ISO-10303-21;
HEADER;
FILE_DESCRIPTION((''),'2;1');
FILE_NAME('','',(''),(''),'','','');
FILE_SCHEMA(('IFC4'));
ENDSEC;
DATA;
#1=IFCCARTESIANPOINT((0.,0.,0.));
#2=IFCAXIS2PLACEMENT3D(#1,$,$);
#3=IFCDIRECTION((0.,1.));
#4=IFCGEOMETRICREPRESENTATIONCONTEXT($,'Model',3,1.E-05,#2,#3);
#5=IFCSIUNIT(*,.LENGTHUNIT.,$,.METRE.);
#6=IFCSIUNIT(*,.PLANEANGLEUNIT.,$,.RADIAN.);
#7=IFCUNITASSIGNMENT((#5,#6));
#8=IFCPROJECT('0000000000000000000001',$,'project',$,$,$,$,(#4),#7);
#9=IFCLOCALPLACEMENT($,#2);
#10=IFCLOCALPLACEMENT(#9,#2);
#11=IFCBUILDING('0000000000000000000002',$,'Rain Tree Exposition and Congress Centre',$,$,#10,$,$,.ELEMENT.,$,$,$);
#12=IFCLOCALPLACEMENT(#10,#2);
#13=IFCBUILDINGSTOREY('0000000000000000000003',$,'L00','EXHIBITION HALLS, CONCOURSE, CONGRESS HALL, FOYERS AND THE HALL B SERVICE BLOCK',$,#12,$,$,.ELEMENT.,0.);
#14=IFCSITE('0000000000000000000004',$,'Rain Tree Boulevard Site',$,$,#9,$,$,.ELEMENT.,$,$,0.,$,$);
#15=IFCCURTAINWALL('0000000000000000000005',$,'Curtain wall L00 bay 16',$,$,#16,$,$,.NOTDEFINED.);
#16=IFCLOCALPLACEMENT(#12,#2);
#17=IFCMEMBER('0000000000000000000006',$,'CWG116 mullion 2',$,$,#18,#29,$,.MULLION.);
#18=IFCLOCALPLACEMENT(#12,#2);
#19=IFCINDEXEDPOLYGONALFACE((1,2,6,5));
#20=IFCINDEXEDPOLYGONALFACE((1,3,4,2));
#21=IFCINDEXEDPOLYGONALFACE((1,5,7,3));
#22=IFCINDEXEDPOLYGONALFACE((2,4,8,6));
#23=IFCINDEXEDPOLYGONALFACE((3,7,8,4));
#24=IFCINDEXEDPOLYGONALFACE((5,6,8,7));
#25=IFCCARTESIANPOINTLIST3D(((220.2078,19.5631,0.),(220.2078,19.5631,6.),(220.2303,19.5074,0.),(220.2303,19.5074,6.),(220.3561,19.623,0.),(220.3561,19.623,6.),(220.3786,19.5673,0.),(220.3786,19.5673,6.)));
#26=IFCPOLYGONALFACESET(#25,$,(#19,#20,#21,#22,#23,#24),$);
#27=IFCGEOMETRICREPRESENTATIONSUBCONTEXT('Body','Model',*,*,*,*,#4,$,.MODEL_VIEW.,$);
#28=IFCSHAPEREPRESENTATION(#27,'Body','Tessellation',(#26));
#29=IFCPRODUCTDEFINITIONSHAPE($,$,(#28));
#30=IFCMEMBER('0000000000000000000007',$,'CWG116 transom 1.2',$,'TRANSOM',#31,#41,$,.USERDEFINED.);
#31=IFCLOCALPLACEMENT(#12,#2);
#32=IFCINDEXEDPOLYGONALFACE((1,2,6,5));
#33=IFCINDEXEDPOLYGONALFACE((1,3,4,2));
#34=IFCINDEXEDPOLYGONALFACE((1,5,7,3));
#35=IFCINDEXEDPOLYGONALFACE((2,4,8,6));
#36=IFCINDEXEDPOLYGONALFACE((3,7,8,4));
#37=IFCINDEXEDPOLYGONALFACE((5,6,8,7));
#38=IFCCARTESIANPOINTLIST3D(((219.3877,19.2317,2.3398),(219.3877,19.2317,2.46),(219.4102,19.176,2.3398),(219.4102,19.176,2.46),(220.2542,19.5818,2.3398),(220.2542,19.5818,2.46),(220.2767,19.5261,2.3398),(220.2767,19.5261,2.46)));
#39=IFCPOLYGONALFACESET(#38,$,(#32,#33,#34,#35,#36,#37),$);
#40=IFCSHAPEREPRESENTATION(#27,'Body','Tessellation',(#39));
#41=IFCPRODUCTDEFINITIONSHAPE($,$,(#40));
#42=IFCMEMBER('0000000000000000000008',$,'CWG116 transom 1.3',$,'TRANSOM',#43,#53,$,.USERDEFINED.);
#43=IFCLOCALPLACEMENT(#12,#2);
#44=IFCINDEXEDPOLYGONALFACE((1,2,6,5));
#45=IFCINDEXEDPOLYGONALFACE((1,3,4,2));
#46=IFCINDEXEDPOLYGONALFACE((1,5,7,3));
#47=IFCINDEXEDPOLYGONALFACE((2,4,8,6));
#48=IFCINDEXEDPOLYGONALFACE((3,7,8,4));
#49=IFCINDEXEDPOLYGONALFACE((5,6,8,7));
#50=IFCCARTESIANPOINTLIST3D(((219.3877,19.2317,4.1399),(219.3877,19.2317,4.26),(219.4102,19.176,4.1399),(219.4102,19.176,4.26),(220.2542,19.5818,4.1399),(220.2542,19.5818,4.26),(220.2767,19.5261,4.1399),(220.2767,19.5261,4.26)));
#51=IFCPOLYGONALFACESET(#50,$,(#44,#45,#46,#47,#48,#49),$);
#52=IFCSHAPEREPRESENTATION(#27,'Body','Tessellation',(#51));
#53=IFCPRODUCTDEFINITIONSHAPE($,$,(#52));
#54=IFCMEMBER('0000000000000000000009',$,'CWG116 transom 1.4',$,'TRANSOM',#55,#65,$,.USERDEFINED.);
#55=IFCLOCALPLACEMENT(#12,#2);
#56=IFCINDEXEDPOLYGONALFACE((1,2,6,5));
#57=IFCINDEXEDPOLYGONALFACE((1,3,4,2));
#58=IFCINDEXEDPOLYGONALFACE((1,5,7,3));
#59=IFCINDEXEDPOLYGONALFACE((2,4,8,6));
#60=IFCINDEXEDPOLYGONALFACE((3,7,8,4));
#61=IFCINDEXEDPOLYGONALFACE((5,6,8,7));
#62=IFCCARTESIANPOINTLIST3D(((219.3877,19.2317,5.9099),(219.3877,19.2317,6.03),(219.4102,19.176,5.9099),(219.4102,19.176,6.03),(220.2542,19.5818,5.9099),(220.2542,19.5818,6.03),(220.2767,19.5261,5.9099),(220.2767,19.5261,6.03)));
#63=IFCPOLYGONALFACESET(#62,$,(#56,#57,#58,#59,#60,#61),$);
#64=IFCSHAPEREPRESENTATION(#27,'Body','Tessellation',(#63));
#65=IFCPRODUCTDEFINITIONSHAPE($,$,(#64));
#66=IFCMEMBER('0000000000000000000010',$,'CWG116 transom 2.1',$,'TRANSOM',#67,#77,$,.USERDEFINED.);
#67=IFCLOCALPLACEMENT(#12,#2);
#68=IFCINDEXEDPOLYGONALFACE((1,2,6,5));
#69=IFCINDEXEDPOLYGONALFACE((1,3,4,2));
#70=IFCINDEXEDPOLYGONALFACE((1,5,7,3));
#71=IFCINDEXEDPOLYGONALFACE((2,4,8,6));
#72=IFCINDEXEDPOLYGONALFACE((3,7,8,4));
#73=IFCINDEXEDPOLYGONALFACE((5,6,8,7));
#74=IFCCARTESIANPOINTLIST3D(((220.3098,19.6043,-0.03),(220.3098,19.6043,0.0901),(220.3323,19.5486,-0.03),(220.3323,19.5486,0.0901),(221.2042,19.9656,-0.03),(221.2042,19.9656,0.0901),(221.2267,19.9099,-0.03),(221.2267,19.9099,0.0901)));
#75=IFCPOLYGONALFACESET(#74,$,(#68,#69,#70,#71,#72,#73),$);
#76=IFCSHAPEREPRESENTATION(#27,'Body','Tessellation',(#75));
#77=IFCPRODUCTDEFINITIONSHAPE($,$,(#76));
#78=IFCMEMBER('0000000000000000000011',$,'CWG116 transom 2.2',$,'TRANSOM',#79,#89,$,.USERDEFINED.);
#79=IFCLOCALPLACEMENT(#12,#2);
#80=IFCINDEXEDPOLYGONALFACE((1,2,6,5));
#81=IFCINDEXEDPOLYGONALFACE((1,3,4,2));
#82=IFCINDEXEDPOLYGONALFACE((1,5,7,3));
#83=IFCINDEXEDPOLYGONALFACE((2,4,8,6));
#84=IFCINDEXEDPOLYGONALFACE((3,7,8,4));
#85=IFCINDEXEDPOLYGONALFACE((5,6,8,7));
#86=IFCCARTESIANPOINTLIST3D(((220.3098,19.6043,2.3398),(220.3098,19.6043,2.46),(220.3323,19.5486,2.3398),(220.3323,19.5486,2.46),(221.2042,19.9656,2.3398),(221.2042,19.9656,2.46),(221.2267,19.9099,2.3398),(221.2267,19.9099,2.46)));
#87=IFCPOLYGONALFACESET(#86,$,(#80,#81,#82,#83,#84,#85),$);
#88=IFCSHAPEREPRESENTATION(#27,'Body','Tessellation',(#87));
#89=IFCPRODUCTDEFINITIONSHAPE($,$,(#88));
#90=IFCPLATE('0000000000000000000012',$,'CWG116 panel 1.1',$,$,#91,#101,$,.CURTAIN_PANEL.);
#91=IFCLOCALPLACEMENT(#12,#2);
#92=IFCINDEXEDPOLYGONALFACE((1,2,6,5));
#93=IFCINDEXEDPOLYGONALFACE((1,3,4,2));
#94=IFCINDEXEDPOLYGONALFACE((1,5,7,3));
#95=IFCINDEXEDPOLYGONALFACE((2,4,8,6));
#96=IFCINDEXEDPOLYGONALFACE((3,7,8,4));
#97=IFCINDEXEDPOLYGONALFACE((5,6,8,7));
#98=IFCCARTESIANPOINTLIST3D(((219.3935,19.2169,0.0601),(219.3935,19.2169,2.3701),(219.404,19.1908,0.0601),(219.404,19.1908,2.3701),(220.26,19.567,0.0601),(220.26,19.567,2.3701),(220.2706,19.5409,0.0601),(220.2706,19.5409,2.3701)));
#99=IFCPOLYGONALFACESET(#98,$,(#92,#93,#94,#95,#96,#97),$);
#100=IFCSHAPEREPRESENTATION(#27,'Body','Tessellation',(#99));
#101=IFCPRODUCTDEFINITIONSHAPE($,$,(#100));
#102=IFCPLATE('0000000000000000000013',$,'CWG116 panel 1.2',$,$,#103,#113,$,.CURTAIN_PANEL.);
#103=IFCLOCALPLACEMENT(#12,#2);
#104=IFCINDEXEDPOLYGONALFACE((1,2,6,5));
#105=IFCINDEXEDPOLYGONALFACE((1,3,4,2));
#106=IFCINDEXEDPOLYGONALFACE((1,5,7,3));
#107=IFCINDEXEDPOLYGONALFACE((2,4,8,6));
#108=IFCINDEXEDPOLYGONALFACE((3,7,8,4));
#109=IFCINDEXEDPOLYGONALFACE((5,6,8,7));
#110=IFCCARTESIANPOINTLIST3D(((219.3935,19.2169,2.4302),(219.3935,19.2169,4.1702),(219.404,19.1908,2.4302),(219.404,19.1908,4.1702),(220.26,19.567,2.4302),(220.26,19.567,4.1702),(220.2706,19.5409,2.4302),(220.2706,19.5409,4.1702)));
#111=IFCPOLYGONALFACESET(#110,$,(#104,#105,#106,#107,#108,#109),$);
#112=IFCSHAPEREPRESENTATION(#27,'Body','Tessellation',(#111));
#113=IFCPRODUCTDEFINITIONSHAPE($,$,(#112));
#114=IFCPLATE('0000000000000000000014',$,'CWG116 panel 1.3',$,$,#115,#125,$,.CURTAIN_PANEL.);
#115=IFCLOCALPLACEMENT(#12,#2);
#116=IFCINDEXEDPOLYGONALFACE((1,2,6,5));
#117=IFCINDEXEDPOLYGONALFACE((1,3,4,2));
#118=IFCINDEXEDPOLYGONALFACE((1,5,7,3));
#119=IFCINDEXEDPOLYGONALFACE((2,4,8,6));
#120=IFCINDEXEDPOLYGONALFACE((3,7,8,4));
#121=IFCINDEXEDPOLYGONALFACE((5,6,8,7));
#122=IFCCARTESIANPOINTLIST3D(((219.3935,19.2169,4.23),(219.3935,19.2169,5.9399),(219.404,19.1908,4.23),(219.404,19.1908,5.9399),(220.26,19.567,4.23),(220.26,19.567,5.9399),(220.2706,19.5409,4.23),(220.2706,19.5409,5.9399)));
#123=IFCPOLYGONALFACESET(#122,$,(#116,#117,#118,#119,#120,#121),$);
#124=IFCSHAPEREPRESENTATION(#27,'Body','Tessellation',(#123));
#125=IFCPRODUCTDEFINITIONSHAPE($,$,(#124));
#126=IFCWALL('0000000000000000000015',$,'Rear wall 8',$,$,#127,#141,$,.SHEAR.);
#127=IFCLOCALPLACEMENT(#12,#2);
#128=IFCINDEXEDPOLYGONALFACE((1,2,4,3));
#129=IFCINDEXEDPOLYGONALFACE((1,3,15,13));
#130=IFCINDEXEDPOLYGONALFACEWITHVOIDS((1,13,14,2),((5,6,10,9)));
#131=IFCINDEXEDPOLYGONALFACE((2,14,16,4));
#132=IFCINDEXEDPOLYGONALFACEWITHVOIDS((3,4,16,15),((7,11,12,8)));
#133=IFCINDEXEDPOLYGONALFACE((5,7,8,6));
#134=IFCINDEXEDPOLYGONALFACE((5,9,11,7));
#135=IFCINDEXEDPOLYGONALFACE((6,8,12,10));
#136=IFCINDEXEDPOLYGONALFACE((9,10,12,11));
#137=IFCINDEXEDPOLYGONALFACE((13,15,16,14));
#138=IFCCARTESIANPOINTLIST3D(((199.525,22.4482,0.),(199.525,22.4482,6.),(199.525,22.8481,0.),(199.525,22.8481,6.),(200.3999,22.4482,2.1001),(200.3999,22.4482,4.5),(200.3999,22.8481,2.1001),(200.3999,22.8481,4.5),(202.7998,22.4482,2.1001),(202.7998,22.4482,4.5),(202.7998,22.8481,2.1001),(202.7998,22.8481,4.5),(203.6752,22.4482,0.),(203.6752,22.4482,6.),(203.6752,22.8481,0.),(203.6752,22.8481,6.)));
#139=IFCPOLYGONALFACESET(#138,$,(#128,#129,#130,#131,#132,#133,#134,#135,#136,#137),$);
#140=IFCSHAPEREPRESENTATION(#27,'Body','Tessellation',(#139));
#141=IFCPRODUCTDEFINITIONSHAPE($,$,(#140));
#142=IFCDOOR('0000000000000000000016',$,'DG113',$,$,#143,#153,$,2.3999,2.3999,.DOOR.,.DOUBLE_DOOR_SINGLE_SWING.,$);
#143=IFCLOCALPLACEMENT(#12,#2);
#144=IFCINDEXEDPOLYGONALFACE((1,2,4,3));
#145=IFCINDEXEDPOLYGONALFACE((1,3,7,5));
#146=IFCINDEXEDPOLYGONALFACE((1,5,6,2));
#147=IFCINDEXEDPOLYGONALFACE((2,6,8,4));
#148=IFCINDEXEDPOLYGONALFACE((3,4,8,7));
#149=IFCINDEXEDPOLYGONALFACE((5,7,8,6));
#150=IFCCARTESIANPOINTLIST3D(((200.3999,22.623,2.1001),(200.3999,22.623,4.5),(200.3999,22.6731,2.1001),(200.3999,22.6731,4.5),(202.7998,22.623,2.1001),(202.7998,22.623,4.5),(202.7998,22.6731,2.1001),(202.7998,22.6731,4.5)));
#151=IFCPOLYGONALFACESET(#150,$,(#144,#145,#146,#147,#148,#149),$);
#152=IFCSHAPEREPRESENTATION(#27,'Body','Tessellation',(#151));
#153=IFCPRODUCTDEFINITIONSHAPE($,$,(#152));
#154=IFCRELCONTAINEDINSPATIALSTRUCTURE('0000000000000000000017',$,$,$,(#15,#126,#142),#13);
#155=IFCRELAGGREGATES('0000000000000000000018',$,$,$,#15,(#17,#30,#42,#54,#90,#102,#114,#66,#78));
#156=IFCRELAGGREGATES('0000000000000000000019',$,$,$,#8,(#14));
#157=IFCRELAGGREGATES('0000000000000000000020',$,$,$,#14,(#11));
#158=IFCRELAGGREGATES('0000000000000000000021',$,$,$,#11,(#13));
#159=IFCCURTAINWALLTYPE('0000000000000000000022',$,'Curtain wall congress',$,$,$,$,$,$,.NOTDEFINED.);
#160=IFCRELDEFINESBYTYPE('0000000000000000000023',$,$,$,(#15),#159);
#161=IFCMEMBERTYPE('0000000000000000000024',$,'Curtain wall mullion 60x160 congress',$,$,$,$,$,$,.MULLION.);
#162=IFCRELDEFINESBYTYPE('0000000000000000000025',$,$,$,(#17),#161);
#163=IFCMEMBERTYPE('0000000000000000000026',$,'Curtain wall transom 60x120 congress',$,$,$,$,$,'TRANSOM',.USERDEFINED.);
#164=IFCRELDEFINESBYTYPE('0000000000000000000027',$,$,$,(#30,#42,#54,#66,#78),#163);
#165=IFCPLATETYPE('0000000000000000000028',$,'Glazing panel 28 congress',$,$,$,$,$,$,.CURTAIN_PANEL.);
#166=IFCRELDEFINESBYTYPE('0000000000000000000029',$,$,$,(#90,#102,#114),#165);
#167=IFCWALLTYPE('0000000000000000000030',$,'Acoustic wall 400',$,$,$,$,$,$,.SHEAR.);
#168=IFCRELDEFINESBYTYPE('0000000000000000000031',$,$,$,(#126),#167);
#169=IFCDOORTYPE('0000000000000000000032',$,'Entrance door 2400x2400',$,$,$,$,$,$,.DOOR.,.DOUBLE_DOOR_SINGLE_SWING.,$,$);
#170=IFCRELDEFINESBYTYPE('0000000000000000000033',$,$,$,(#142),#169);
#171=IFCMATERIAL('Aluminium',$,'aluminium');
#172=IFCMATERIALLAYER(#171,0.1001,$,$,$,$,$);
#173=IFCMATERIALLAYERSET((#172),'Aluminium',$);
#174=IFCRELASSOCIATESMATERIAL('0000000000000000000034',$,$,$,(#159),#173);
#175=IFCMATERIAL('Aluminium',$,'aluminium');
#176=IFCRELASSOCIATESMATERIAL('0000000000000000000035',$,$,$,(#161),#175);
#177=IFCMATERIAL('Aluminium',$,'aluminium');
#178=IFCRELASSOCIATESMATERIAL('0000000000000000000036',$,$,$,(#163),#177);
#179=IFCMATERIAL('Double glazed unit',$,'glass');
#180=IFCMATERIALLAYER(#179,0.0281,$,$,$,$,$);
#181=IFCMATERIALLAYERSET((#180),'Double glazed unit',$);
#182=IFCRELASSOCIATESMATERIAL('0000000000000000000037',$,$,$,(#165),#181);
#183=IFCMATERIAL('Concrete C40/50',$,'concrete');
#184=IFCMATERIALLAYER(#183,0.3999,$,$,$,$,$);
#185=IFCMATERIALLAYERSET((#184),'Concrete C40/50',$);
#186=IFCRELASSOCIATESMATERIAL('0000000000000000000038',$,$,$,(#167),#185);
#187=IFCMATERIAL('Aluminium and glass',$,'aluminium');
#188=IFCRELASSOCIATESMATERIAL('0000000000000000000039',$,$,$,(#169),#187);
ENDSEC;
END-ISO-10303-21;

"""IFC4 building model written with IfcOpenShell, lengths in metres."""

from ifc_helpers import new_model, si_unit, direction, frame, frame_2d, origin, origin_2d, place, context, subcontext, project, spatial, rectangle, extrude, material, layer, layer_set, material_profile, profile_set, type_object, element, fill, aggregate, save


model = new_model("IFC4")

# Units and contexts
model_context = context("Model", 3, precision=1e-05, world=origin(), true_north=direction((0.0, 1.0)))
body_context = subcontext(model_context, "Body", "Model", "MODEL_VIEW")
ifc_project = project(units=[si_unit("LENGTHUNIT", "METRE"), si_unit("PLANEANGLEUNIT", "RADIAN")], contexts=[model_context])

# Site, building, storey
site_placement = place(None, origin())
site = spatial("IfcSite", under=ifc_project, at=site_placement, Name="Rain Tree Boulevard Site", CompositionType="ELEMENT", RefElevation=0.0)
building_placement = place(site_placement, origin())
building = spatial("IfcBuilding", under=site, at=building_placement, Name="Rain Tree Exposition and Congress Centre", CompositionType="ELEMENT")
storey_placement = place(building_placement, origin())
storey = spatial("IfcBuildingStorey", under=building, at=storey_placement, Name="L00", Description="EXHIBITION HALLS, CONCOURSE, CONGRESS HALL, FOYERS AND THE HALL B SERVICE BLOCK", CompositionType="ELEMENT", Elevation=0.0)

# Curtain wall, members, plates
ifc_material_1 = material(Name="Aluminium", Category="aluminium")
ifc_layer_1 = layer(ifc_material_1, 0.1001)
ifc_layer_set_1 = layer_set([ifc_layer_1], Name="Aluminium")
curtain_wall_type = type_object("IfcCurtainWallType", Name="Curtain wall congress", PredefinedType="NOTDEFINED", material=ifc_layer_set_1)
curtain_wall_placement = place(storey_placement, origin())
curtain_wall = element("IfcCurtainWall", 1, at=curtain_wall_placement, inside=storey, type_object=curtain_wall_type, Name="Curtain wall L00 bay 16", PredefinedType="NOTDEFINED")
ifc_material_2 = material(Name="Aluminium", Category="aluminium")
ifc_material_profile_1 = material_profile(ifc_material_2, rectangle(XDim=0.0601, YDim=0.1599, at=origin_2d()), Name="AL 60x160")
ifc_profile_set_1 = profile_set([ifc_material_profile_1], Name="Aluminium")
member_type_1 = type_object("IfcMemberType", Name="Curtain wall mullion 60x160 congress", PredefinedType="MULLION", material=ifc_profile_set_1)
member_1_placement = place(storey_placement, frame((220.2932, 19.5652, 0.0), z_axis=(0.0, 0.0, 1.0), x_axis=(-0.374597, 0.927188, 0.0)))
member_1 = element("IfcMember", 2, at=member_1_placement, type_object=member_type_1, Name="CWG116 mullion 2", PredefinedType="MULLION", context=body_context, shape_type="SweptSolid", body=[
    extrude(rectangle(XDim=0.0601, YDim=0.1599, at=origin_2d()), origin(), (0.0, 0.0, 1.0), 6.0),
])
ifc_material_3 = material(Name="Aluminium", Category="aluminium")
ifc_material_profile_2 = material_profile(ifc_material_3, rectangle(XDim=0.0601, YDim=0.1201, at=origin_2d()), Name="AL 60x120")
ifc_profile_set_2 = profile_set([ifc_material_profile_2], Name="Aluminium")
member_type_2 = type_object("IfcMemberType", Name="Curtain wall transom 60x120 congress", ElementType="TRANSOM", PredefinedType="USERDEFINED", material=ifc_profile_set_2)
member_2_placement = place(storey_placement, frame((219.3989, 19.2039, 2.3999), z_axis=(0.927174, 0.374632, 0.0), x_axis=(-0.374632, 0.927174, 0.0)))
member_2 = element("IfcMember", 3, at=member_2_placement, type_object=member_type_2, Name="CWG116 transom 1.2", ObjectType="TRANSOM", PredefinedType="USERDEFINED", context=body_context, shape_type="SweptSolid", body=[
    extrude(rectangle(XDim=0.0601, YDim=0.1201, at=origin_2d()), origin(), (0.0, 0.0, 1.0), 0.9346),
])
member_3_placement = place(storey_placement, frame((219.3989, 19.2039, 4.2), z_axis=(0.927174, 0.374632, 0.0), x_axis=(-0.374632, 0.927174, 0.0)))
member_3 = element("IfcMember", 4, at=member_3_placement, type_object=member_type_2, Name="CWG116 transom 1.3", ObjectType="TRANSOM", PredefinedType="USERDEFINED", context=body_context, shape_type="SweptSolid", body=[
    extrude(rectangle(XDim=0.0601, YDim=0.1201, at=origin_2d()), origin(), (0.0, 0.0, 1.0), 0.9346),
])
member_4_placement = place(storey_placement, frame((219.3989, 19.2039, 5.97), z_axis=(0.927174, 0.374632, 0.0), x_axis=(-0.374632, 0.927174, 0.0)))
member_4 = element("IfcMember", 5, at=member_4_placement, type_object=member_type_2, Name="CWG116 transom 1.4", ObjectType="TRANSOM", PredefinedType="USERDEFINED", context=body_context, shape_type="SweptSolid", body=[
    extrude(rectangle(XDim=0.0601, YDim=0.1201, at=origin_2d()), origin(), (0.0, 0.0, 1.0), 0.9346),
])
member_5_placement = place(storey_placement, frame((220.321, 19.5764, 0.03), z_axis=(0.927179, 0.374618, 0.0), x_axis=(-0.374618, 0.927179, 0.0)))
member_5 = element("IfcMember", 6, at=member_5_placement, type_object=member_type_2, Name="CWG116 transom 2.1", ObjectType="TRANSOM", PredefinedType="USERDEFINED", context=body_context, shape_type="SweptSolid", body=[
    extrude(rectangle(XDim=0.0601, YDim=0.1201, at=origin_2d()), origin(), (0.0, 0.0, 1.0), 0.9646),
])
member_6_placement = place(storey_placement, frame((220.321, 19.5764, 2.3999), z_axis=(0.927179, 0.374618, 0.0), x_axis=(-0.374618, 0.927179, 0.0)))
member_6 = element("IfcMember", 7, at=member_6_placement, type_object=member_type_2, Name="CWG116 transom 2.2", ObjectType="TRANSOM", PredefinedType="USERDEFINED", context=body_context, shape_type="SweptSolid", body=[
    extrude(rectangle(XDim=0.0601, YDim=0.1201, at=origin_2d()), origin(), (0.0, 0.0, 1.0), 0.9646),
])
ifc_material_4 = material(Name="Double glazed unit", Category="glass")
ifc_layer_2 = layer(ifc_material_4, 0.0281)
ifc_layer_set_2 = layer_set([ifc_layer_2], Name="Double glazed unit")
plate_type = type_object("IfcPlateType", Name="Glazing panel 28 congress", PredefinedType="CURTAIN_PANEL", material=ifc_layer_set_2)
plate_1_placement = place(storey_placement, frame((219.832, 19.3789, 0.0601), z_axis=(0.0, 0.0, 1.0), x_axis=(0.927188, 0.374597, 0.0)))
plate_1 = element("IfcPlate", 8, at=plate_1_placement, type_object=plate_type, Name="CWG116 panel 1.1", PredefinedType="CURTAIN_PANEL", context=body_context, shape_type="SweptSolid", body=[
    extrude(rectangle(XDim=0.9346, YDim=0.0281, at=origin_2d()), origin(), (0.0, 0.0, 1.0), 2.3101),
])
plate_2_placement = place(storey_placement, frame((219.832, 19.3789, 2.4302), z_axis=(0.0, 0.0, 1.0), x_axis=(0.927188, 0.374597, 0.0)))
plate_2 = element("IfcPlate", 9, at=plate_2_placement, type_object=plate_type, Name="CWG116 panel 1.2", PredefinedType="CURTAIN_PANEL", context=body_context, shape_type="SweptSolid", body=[
    extrude(rectangle(XDim=0.9346, YDim=0.0281, at=origin_2d()), origin(), (0.0, 0.0, 1.0), 1.74),
])
plate_3_placement = place(storey_placement, frame((219.832, 19.3789, 4.23), z_axis=(0.0, 0.0, 1.0), x_axis=(0.927188, 0.374597, 0.0)))
plate_3 = element("IfcPlate", 10, at=plate_3_placement, type_object=plate_type, Name="CWG116 panel 1.3", PredefinedType="CURTAIN_PANEL", context=body_context, shape_type="SweptSolid", body=[
    extrude(rectangle(XDim=0.9346, YDim=0.0281, at=origin_2d()), origin(), (0.0, 0.0, 1.0), 1.71),
])
aggregate(curtain_wall, [member_1, member_2, member_3, member_4, plate_1, plate_2, plate_3, member_5, member_6])

# Wall, opening, door
ifc_material_5 = material(Name="Concrete C40/50", Category="concrete")
ifc_layer_3 = layer(ifc_material_5, 0.3999)
ifc_layer_set_3 = layer_set([ifc_layer_3], Name="Concrete C40/50")
wall_type_1 = type_object("IfcWallType", Name="Acoustic wall 400", PredefinedType="SHEAR", material=ifc_layer_set_3)
wall_1_placement = place(storey_placement, frame((199.5249, 22.6482, 0.0), z_axis=(0.0, 0.0, 1.0), x_axis=(1.0, 0.0, 0.0)))
wall_1 = element("IfcWall", 11, at=wall_1_placement, inside=storey, type_object=wall_type_1, Name="Rear wall 8", PredefinedType="SHEAR", context=body_context, shape_type="SweptSolid", body=[
    extrude(rectangle(XDim=4.1501, YDim=0.3999, at=frame_2d((2.0752, 0.0))), origin(), (0.0, 0.0, 1.0), 6.0),
])
opening_1_placement = place(wall_1_placement, frame((0.875, 0.0, 2.1001)))
opening_1 = element("IfcOpeningElement", 12, at=opening_1_placement, cuts=wall_1, PredefinedType="OPENING", context=body_context, shape_type="SweptSolid", body=[
    extrude(rectangle(XDim=2.3999, YDim=2.3999, at=frame_2d((1.2, 1.2))), frame((0.0, 0.2, 0.0), z_axis=(0.0, -1.0, 0.0), x_axis=(1.0, 0.0, 0.0)), (0.0, 0.0, 1.0), 0.3999),
])
ifc_material_6 = material(Name="Aluminium and glass", Category="aluminium")
door_type = type_object("IfcDoorType", Name="Entrance door 2400x2400", OperationType="DOUBLE_DOOR_SINGLE_SWING", PredefinedType="DOOR", material=ifc_material_6)
door_1_placement = place(opening_1_placement, origin())
door_1 = element("IfcDoor", 13, at=door_1_placement, inside=storey, type_object=door_type, Name="DG113", OperationType="DOUBLE_DOOR_SINGLE_SWING", OverallHeight=2.3999, OverallWidth=2.3999, PredefinedType="DOOR", context=body_context, shape_type="SweptSolid", body=[
    extrude(rectangle(XDim=2.3999, YDim=2.3999, at=frame_2d((1.2, 1.2))), frame((0.0, 0.0249, 0.0), z_axis=(0.0, -1.0, 0.0), x_axis=(1.0, 0.0, 0.0)), (0.0, 0.0, 1.0), 0.05),
])
fill(opening_1, door_1)

save(model, "model.ifc")
